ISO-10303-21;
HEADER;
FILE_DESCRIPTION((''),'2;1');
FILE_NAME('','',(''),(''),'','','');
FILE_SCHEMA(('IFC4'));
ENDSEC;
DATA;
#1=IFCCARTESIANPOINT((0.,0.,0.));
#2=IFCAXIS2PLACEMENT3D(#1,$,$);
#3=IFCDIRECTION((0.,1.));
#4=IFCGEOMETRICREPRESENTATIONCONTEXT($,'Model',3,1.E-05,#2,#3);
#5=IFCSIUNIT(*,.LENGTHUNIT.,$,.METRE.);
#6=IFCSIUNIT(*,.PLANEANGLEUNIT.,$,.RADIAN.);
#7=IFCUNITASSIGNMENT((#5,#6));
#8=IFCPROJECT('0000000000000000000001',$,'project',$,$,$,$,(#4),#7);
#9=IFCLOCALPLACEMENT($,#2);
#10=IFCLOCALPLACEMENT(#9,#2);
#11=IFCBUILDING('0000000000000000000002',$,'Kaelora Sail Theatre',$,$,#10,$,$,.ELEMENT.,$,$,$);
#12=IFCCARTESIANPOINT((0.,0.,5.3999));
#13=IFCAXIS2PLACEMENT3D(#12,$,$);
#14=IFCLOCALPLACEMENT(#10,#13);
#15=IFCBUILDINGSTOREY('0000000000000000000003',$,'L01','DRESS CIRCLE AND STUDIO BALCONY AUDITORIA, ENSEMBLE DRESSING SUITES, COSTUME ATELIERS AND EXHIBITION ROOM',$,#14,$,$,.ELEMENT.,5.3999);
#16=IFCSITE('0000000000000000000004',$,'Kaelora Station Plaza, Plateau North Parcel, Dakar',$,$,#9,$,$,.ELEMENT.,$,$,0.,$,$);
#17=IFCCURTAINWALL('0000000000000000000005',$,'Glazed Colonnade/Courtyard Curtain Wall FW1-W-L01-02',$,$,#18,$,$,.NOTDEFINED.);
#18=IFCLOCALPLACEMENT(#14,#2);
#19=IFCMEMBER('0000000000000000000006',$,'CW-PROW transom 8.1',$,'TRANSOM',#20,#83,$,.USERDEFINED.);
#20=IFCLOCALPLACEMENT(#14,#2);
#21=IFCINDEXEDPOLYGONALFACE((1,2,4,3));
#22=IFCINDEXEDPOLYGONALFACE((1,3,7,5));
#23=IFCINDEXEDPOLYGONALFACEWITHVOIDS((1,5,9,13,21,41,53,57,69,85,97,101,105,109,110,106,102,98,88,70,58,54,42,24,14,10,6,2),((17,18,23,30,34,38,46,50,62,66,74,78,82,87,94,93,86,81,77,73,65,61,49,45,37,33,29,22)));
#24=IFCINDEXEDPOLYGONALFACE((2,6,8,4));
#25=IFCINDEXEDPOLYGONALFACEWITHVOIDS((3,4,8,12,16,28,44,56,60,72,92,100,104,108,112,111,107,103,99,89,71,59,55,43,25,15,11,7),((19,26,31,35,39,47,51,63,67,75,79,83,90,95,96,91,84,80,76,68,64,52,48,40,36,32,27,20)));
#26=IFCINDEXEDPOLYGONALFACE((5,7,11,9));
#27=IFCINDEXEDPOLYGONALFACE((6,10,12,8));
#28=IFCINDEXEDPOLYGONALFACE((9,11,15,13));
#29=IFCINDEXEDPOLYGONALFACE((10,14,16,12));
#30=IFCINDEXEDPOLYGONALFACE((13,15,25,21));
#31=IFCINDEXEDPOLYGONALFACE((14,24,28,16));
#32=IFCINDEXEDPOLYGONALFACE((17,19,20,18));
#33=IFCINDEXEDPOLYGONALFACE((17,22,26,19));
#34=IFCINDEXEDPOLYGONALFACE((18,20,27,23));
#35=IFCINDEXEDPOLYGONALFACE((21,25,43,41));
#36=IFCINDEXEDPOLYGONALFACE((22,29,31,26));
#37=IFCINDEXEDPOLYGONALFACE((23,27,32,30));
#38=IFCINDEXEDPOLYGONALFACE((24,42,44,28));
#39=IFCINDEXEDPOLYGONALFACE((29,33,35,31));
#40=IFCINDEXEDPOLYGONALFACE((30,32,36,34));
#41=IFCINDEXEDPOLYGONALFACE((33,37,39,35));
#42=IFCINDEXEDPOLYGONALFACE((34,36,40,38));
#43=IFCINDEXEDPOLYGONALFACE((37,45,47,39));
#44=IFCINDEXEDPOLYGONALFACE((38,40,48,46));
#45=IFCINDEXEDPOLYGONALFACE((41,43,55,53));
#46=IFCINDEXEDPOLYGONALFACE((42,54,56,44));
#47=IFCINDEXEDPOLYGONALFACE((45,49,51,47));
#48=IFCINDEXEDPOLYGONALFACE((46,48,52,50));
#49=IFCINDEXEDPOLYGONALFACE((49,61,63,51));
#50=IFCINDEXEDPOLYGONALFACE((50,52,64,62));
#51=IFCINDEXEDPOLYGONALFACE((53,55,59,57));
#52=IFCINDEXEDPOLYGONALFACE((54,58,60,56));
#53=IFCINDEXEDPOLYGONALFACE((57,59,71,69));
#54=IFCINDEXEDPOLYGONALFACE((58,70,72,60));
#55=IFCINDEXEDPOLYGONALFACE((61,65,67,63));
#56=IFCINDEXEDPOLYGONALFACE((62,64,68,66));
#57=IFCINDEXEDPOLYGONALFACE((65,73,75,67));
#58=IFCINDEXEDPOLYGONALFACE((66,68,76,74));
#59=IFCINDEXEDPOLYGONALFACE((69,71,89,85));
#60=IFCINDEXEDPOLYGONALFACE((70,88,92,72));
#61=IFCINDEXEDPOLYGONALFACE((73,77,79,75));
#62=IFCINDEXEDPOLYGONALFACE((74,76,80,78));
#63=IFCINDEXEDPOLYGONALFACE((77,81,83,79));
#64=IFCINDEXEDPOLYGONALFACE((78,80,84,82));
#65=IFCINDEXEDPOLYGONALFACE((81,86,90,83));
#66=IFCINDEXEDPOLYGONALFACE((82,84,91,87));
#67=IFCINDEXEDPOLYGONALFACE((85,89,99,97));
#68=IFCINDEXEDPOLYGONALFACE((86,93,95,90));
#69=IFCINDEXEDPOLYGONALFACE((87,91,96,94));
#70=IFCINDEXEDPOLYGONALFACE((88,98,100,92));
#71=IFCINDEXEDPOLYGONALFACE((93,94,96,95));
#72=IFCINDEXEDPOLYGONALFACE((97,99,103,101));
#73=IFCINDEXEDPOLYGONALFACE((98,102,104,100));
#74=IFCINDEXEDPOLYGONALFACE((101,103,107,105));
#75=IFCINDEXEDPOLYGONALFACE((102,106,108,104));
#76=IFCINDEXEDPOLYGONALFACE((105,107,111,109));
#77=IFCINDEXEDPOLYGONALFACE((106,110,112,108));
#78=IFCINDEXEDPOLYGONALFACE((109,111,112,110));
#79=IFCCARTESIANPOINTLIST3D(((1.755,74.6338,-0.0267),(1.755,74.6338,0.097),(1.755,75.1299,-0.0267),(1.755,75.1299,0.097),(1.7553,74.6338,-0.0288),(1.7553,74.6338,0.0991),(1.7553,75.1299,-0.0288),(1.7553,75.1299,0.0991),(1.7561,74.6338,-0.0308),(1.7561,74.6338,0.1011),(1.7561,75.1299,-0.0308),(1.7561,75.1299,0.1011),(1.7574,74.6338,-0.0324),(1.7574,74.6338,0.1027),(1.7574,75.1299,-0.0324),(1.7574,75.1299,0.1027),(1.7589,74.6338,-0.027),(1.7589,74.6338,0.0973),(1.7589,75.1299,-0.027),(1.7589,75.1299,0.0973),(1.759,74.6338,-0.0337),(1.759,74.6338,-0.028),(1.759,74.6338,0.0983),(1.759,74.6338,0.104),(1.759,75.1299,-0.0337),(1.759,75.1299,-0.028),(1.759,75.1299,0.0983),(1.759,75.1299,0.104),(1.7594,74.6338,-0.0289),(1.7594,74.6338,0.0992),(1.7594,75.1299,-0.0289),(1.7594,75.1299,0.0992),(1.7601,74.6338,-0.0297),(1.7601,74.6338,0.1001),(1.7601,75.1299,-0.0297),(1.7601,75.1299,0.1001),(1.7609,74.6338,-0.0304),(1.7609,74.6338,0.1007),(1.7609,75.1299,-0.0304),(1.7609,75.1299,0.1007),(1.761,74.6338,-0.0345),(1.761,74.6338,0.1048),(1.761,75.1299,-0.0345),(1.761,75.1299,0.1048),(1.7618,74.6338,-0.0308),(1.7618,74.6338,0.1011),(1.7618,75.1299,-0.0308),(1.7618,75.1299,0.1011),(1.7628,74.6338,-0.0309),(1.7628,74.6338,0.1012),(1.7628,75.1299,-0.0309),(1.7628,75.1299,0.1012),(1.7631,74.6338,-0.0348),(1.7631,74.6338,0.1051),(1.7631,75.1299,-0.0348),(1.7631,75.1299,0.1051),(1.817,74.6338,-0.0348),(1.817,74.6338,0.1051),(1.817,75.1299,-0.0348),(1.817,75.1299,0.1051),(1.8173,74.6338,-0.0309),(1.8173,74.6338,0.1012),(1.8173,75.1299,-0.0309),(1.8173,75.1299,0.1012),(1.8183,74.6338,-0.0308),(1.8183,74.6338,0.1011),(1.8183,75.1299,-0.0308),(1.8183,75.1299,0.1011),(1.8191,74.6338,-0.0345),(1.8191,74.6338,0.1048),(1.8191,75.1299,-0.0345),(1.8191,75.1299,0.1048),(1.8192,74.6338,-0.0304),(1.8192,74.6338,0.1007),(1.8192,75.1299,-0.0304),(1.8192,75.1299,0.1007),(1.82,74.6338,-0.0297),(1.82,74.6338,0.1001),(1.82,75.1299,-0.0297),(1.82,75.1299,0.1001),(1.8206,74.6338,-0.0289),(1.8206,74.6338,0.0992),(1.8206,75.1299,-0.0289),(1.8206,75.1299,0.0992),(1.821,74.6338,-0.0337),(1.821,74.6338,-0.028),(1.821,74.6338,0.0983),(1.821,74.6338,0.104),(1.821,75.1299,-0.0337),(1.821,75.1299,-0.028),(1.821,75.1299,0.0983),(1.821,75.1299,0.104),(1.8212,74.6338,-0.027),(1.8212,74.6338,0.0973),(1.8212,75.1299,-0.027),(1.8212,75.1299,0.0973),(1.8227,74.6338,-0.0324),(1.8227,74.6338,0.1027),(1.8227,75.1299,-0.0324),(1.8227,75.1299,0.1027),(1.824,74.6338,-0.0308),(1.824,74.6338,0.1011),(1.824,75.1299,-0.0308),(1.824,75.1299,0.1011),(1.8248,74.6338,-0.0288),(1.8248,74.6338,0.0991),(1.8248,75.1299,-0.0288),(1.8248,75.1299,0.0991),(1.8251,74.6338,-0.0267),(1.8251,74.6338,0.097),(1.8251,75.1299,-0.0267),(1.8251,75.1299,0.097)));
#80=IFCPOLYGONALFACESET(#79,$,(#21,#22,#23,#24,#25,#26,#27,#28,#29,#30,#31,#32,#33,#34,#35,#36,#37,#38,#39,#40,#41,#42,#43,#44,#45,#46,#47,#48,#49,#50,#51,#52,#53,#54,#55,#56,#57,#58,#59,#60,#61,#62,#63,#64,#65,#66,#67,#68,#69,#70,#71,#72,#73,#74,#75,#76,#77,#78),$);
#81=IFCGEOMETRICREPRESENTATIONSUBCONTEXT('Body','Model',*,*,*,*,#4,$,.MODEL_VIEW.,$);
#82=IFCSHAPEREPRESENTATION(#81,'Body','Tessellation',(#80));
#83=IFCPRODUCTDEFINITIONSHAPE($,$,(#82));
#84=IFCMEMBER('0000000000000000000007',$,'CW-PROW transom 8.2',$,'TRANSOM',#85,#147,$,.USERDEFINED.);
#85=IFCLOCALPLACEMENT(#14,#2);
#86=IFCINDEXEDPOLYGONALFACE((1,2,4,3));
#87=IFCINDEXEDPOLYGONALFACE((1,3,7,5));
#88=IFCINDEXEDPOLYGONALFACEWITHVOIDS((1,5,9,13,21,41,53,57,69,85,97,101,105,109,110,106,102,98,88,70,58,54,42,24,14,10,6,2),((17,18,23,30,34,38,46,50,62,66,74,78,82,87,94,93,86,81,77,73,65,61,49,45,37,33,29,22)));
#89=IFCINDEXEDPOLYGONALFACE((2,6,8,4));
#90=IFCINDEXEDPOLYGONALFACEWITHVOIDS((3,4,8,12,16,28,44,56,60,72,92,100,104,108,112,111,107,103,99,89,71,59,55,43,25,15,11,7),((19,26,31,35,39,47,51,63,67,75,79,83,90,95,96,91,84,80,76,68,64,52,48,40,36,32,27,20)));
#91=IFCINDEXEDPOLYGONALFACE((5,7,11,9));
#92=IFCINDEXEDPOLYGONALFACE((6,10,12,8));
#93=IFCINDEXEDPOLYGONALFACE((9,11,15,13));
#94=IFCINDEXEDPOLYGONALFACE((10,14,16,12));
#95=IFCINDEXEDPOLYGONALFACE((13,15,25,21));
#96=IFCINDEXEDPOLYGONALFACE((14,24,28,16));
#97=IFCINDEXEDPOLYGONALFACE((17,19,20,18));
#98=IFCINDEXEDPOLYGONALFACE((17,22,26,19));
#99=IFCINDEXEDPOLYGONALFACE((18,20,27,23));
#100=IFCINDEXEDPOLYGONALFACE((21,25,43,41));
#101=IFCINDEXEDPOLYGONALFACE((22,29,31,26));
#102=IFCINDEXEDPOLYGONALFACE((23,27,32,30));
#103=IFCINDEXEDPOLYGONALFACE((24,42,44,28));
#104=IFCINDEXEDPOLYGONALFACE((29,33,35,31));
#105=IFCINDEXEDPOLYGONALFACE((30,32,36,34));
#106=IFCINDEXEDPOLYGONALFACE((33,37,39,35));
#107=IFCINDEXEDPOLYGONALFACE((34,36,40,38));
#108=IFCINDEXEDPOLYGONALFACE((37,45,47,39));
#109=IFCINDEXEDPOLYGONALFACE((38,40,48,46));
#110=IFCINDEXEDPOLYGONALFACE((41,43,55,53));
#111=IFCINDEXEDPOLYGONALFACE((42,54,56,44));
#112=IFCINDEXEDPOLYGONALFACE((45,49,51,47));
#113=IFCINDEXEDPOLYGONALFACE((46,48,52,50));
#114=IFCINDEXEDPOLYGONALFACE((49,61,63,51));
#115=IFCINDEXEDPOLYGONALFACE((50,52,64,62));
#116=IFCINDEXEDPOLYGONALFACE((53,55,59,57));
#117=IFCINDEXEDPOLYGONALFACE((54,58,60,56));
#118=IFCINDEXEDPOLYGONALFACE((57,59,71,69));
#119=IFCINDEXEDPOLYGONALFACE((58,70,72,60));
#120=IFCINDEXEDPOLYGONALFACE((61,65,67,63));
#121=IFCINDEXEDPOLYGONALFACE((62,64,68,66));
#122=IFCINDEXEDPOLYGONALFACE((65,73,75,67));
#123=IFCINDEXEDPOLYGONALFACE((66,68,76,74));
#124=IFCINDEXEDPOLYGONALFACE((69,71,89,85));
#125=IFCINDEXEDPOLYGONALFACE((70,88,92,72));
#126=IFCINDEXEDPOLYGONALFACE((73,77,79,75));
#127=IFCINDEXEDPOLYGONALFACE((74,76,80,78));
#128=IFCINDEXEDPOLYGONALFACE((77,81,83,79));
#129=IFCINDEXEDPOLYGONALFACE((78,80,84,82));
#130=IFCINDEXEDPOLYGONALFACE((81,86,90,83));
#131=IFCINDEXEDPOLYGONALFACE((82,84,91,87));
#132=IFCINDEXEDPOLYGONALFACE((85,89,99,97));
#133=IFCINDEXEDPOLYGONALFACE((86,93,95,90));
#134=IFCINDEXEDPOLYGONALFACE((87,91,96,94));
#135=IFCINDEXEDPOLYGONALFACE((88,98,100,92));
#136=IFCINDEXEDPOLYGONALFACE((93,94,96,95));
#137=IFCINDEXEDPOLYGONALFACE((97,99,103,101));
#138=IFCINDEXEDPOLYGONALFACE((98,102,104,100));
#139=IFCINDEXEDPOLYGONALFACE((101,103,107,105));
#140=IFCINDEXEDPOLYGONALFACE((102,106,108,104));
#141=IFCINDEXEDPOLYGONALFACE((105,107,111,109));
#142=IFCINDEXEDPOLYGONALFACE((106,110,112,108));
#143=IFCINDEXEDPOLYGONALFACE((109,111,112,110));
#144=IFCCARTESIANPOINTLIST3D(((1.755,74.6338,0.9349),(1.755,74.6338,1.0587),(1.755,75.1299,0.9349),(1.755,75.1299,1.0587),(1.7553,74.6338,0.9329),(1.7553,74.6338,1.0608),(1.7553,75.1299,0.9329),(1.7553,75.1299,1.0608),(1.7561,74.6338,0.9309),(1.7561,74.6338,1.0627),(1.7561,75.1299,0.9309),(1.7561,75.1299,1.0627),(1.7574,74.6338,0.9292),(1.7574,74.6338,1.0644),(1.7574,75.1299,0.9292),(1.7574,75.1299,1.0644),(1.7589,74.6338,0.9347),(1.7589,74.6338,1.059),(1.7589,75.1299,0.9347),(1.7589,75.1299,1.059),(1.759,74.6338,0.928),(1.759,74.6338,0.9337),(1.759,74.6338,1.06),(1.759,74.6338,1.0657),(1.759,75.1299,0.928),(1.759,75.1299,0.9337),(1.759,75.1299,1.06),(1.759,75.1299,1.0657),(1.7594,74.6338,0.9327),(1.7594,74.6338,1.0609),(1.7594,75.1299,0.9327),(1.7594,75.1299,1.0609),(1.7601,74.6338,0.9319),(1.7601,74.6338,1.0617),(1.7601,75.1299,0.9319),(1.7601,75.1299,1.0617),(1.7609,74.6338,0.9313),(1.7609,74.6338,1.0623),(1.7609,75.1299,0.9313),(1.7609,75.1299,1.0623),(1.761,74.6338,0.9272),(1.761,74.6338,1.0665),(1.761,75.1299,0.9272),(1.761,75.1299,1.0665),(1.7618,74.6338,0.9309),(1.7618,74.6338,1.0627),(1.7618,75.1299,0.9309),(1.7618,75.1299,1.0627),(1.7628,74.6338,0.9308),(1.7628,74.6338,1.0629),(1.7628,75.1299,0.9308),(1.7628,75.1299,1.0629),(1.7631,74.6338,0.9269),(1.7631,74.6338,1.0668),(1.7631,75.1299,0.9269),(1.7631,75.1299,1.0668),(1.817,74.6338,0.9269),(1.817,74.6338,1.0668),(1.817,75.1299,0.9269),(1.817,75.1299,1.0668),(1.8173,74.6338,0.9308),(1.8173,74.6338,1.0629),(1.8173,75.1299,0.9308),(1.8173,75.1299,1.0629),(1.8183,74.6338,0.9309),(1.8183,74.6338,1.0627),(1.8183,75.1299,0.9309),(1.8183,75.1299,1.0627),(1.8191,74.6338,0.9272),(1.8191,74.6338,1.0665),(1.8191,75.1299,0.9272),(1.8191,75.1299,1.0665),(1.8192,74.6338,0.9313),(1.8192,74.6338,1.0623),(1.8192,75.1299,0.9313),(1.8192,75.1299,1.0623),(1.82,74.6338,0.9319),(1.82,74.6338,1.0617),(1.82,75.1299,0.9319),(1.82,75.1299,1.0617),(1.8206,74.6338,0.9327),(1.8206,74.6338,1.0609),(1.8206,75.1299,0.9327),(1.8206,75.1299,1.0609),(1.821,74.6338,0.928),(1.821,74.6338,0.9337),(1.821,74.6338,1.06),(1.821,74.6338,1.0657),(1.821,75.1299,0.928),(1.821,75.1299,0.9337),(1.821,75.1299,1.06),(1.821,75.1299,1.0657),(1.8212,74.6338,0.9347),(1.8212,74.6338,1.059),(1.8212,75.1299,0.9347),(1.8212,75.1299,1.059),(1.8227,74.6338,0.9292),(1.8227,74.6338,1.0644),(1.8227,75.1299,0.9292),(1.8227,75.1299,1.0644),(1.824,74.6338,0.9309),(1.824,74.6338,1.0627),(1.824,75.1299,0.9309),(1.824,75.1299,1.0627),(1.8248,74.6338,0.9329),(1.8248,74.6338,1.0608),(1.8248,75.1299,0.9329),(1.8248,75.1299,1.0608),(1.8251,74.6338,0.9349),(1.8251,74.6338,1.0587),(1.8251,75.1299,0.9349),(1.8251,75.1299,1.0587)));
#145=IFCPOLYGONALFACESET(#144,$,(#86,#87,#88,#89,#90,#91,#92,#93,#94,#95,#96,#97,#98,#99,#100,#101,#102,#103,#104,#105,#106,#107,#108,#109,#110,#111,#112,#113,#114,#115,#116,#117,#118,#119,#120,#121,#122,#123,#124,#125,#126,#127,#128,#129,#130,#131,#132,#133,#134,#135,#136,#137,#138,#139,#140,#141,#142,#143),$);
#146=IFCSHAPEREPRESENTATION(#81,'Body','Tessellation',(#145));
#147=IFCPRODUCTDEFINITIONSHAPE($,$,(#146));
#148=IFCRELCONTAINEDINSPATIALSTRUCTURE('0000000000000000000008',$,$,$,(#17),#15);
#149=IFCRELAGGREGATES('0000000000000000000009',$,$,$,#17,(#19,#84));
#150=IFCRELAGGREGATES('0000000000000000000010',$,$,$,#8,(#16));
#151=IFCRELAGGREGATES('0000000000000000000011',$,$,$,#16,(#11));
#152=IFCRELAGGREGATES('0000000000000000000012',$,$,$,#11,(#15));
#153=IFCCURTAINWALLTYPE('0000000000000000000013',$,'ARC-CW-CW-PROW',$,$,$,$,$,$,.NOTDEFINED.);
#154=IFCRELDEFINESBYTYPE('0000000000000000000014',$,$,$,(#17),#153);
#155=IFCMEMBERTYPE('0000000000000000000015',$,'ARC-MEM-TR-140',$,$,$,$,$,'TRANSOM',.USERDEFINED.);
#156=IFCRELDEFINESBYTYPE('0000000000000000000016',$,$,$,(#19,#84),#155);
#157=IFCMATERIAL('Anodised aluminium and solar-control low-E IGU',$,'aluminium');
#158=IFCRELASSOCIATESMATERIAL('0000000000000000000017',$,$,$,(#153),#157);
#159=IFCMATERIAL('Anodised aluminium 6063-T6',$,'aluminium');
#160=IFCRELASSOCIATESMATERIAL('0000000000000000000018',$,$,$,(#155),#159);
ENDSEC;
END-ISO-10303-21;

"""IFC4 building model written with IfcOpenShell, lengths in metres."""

from ifc_helpers import new_model, si_unit, direction, frame, origin, origin_2d, place, context, subcontext, project, spatial, hollow_rectangle, extrude, material, material_profile, profile_set, type_object, element, aggregate, save


model = new_model("IFC4")

# Units and contexts
model_context = context("Model", 3, precision=1e-05, world=origin(), true_north=direction((0.0, 1.0)))
body_context = subcontext(model_context, "Body", "Model", "MODEL_VIEW")
ifc_project = project(units=[si_unit("LENGTHUNIT", "METRE"), si_unit("PLANEANGLEUNIT", "RADIAN")], contexts=[model_context])

# Site, building, storey
site_placement = place(None, origin())
site = spatial("IfcSite", under=ifc_project, at=site_placement, Name="Kaelora Station Plaza, Plateau North Parcel, Dakar", CompositionType="ELEMENT", RefElevation=0.0)
building_placement = place(site_placement, origin())
building = spatial("IfcBuilding", under=site, at=building_placement, Name="Kaelora Sail Theatre", CompositionType="ELEMENT")
storey_placement = place(building_placement, frame((0.0, 0.0, 5.3999)))
storey = spatial("IfcBuildingStorey", under=building, at=storey_placement, Name="L01", Description="DRESS CIRCLE AND STUDIO BALCONY AUDITORIA, ENSEMBLE DRESSING SUITES, COSTUME ATELIERS AND EXHIBITION ROOM", CompositionType="ELEMENT", Elevation=5.3999)

# Curtain wall, members
ifc_material_1 = material(Name="Anodised aluminium and solar-control low-E IGU", Category="aluminium")
curtain_wall_type = type_object("IfcCurtainWallType", Name="ARC-CW-CW-PROW", PredefinedType="NOTDEFINED", material=ifc_material_1)
curtain_wall_placement = place(storey_placement, origin())
curtain_wall = element("IfcCurtainWall", 1, at=curtain_wall_placement, inside=storey, type_object=curtain_wall_type, Name="Glazed Colonnade/Courtyard Curtain Wall FW1-W-L01-02", PredefinedType="NOTDEFINED")
ifc_material_2 = material(Name="Anodised aluminium 6063-T6", Category="aluminium")
ifc_material_profile_1 = material_profile(ifc_material_2, hollow_rectangle(XDim=0.0701, YDim=0.1399, WallThickness=0.0039, InnerFilletRadius=0.0039, OuterFilletRadius=0.0081, at=origin_2d()), Name="ALU-TRAN 70x140x4")
ifc_profile_set_1 = profile_set([ifc_material_profile_1], Name="Anodised aluminium 6063-T6")
member_type_1 = type_object("IfcMemberType", Name="ARC-MEM-TR-140", ElementType="TRANSOM", PredefinedType="USERDEFINED", material=ifc_profile_set_1)
member_1_placement = place(storey_placement, frame((1.79, 74.6338, 0.0352), z_axis=(0.0, 1.0, 0.0), x_axis=(-1.0, 0.0, 0.0)))
member_1 = element("IfcMember", 2, at=member_1_placement, type_object=member_type_1, Name="CW-PROW transom 8.1", ObjectType="TRANSOM", PredefinedType="USERDEFINED", context=body_context, shape_type="SweptSolid", body=[
    extrude(hollow_rectangle(XDim=0.0701, YDim=0.1399, WallThickness=0.0039, InnerFilletRadius=0.0039, OuterFilletRadius=0.0081, at=origin_2d()), origin(), (0.0, 0.0, 1.0), 0.4961),
])
member_2_placement = place(storey_placement, frame((1.79, 74.6338, 0.9968), z_axis=(0.0, 1.0, 0.0), x_axis=(-1.0, 0.0, 0.0)))
member_2 = element("IfcMember", 3, at=member_2_placement, type_object=member_type_1, Name="CW-PROW transom 8.2", ObjectType="TRANSOM", PredefinedType="USERDEFINED", context=body_context, shape_type="SweptSolid", body=[
    extrude(hollow_rectangle(XDim=0.0701, YDim=0.1399, WallThickness=0.0039, InnerFilletRadius=0.0039, OuterFilletRadius=0.0081, at=origin_2d()), origin(), (0.0, 0.0, 1.0), 0.4961),
])
aggregate(curtain_wall, [member_1, member_2])

save(model, "model.ifc")
